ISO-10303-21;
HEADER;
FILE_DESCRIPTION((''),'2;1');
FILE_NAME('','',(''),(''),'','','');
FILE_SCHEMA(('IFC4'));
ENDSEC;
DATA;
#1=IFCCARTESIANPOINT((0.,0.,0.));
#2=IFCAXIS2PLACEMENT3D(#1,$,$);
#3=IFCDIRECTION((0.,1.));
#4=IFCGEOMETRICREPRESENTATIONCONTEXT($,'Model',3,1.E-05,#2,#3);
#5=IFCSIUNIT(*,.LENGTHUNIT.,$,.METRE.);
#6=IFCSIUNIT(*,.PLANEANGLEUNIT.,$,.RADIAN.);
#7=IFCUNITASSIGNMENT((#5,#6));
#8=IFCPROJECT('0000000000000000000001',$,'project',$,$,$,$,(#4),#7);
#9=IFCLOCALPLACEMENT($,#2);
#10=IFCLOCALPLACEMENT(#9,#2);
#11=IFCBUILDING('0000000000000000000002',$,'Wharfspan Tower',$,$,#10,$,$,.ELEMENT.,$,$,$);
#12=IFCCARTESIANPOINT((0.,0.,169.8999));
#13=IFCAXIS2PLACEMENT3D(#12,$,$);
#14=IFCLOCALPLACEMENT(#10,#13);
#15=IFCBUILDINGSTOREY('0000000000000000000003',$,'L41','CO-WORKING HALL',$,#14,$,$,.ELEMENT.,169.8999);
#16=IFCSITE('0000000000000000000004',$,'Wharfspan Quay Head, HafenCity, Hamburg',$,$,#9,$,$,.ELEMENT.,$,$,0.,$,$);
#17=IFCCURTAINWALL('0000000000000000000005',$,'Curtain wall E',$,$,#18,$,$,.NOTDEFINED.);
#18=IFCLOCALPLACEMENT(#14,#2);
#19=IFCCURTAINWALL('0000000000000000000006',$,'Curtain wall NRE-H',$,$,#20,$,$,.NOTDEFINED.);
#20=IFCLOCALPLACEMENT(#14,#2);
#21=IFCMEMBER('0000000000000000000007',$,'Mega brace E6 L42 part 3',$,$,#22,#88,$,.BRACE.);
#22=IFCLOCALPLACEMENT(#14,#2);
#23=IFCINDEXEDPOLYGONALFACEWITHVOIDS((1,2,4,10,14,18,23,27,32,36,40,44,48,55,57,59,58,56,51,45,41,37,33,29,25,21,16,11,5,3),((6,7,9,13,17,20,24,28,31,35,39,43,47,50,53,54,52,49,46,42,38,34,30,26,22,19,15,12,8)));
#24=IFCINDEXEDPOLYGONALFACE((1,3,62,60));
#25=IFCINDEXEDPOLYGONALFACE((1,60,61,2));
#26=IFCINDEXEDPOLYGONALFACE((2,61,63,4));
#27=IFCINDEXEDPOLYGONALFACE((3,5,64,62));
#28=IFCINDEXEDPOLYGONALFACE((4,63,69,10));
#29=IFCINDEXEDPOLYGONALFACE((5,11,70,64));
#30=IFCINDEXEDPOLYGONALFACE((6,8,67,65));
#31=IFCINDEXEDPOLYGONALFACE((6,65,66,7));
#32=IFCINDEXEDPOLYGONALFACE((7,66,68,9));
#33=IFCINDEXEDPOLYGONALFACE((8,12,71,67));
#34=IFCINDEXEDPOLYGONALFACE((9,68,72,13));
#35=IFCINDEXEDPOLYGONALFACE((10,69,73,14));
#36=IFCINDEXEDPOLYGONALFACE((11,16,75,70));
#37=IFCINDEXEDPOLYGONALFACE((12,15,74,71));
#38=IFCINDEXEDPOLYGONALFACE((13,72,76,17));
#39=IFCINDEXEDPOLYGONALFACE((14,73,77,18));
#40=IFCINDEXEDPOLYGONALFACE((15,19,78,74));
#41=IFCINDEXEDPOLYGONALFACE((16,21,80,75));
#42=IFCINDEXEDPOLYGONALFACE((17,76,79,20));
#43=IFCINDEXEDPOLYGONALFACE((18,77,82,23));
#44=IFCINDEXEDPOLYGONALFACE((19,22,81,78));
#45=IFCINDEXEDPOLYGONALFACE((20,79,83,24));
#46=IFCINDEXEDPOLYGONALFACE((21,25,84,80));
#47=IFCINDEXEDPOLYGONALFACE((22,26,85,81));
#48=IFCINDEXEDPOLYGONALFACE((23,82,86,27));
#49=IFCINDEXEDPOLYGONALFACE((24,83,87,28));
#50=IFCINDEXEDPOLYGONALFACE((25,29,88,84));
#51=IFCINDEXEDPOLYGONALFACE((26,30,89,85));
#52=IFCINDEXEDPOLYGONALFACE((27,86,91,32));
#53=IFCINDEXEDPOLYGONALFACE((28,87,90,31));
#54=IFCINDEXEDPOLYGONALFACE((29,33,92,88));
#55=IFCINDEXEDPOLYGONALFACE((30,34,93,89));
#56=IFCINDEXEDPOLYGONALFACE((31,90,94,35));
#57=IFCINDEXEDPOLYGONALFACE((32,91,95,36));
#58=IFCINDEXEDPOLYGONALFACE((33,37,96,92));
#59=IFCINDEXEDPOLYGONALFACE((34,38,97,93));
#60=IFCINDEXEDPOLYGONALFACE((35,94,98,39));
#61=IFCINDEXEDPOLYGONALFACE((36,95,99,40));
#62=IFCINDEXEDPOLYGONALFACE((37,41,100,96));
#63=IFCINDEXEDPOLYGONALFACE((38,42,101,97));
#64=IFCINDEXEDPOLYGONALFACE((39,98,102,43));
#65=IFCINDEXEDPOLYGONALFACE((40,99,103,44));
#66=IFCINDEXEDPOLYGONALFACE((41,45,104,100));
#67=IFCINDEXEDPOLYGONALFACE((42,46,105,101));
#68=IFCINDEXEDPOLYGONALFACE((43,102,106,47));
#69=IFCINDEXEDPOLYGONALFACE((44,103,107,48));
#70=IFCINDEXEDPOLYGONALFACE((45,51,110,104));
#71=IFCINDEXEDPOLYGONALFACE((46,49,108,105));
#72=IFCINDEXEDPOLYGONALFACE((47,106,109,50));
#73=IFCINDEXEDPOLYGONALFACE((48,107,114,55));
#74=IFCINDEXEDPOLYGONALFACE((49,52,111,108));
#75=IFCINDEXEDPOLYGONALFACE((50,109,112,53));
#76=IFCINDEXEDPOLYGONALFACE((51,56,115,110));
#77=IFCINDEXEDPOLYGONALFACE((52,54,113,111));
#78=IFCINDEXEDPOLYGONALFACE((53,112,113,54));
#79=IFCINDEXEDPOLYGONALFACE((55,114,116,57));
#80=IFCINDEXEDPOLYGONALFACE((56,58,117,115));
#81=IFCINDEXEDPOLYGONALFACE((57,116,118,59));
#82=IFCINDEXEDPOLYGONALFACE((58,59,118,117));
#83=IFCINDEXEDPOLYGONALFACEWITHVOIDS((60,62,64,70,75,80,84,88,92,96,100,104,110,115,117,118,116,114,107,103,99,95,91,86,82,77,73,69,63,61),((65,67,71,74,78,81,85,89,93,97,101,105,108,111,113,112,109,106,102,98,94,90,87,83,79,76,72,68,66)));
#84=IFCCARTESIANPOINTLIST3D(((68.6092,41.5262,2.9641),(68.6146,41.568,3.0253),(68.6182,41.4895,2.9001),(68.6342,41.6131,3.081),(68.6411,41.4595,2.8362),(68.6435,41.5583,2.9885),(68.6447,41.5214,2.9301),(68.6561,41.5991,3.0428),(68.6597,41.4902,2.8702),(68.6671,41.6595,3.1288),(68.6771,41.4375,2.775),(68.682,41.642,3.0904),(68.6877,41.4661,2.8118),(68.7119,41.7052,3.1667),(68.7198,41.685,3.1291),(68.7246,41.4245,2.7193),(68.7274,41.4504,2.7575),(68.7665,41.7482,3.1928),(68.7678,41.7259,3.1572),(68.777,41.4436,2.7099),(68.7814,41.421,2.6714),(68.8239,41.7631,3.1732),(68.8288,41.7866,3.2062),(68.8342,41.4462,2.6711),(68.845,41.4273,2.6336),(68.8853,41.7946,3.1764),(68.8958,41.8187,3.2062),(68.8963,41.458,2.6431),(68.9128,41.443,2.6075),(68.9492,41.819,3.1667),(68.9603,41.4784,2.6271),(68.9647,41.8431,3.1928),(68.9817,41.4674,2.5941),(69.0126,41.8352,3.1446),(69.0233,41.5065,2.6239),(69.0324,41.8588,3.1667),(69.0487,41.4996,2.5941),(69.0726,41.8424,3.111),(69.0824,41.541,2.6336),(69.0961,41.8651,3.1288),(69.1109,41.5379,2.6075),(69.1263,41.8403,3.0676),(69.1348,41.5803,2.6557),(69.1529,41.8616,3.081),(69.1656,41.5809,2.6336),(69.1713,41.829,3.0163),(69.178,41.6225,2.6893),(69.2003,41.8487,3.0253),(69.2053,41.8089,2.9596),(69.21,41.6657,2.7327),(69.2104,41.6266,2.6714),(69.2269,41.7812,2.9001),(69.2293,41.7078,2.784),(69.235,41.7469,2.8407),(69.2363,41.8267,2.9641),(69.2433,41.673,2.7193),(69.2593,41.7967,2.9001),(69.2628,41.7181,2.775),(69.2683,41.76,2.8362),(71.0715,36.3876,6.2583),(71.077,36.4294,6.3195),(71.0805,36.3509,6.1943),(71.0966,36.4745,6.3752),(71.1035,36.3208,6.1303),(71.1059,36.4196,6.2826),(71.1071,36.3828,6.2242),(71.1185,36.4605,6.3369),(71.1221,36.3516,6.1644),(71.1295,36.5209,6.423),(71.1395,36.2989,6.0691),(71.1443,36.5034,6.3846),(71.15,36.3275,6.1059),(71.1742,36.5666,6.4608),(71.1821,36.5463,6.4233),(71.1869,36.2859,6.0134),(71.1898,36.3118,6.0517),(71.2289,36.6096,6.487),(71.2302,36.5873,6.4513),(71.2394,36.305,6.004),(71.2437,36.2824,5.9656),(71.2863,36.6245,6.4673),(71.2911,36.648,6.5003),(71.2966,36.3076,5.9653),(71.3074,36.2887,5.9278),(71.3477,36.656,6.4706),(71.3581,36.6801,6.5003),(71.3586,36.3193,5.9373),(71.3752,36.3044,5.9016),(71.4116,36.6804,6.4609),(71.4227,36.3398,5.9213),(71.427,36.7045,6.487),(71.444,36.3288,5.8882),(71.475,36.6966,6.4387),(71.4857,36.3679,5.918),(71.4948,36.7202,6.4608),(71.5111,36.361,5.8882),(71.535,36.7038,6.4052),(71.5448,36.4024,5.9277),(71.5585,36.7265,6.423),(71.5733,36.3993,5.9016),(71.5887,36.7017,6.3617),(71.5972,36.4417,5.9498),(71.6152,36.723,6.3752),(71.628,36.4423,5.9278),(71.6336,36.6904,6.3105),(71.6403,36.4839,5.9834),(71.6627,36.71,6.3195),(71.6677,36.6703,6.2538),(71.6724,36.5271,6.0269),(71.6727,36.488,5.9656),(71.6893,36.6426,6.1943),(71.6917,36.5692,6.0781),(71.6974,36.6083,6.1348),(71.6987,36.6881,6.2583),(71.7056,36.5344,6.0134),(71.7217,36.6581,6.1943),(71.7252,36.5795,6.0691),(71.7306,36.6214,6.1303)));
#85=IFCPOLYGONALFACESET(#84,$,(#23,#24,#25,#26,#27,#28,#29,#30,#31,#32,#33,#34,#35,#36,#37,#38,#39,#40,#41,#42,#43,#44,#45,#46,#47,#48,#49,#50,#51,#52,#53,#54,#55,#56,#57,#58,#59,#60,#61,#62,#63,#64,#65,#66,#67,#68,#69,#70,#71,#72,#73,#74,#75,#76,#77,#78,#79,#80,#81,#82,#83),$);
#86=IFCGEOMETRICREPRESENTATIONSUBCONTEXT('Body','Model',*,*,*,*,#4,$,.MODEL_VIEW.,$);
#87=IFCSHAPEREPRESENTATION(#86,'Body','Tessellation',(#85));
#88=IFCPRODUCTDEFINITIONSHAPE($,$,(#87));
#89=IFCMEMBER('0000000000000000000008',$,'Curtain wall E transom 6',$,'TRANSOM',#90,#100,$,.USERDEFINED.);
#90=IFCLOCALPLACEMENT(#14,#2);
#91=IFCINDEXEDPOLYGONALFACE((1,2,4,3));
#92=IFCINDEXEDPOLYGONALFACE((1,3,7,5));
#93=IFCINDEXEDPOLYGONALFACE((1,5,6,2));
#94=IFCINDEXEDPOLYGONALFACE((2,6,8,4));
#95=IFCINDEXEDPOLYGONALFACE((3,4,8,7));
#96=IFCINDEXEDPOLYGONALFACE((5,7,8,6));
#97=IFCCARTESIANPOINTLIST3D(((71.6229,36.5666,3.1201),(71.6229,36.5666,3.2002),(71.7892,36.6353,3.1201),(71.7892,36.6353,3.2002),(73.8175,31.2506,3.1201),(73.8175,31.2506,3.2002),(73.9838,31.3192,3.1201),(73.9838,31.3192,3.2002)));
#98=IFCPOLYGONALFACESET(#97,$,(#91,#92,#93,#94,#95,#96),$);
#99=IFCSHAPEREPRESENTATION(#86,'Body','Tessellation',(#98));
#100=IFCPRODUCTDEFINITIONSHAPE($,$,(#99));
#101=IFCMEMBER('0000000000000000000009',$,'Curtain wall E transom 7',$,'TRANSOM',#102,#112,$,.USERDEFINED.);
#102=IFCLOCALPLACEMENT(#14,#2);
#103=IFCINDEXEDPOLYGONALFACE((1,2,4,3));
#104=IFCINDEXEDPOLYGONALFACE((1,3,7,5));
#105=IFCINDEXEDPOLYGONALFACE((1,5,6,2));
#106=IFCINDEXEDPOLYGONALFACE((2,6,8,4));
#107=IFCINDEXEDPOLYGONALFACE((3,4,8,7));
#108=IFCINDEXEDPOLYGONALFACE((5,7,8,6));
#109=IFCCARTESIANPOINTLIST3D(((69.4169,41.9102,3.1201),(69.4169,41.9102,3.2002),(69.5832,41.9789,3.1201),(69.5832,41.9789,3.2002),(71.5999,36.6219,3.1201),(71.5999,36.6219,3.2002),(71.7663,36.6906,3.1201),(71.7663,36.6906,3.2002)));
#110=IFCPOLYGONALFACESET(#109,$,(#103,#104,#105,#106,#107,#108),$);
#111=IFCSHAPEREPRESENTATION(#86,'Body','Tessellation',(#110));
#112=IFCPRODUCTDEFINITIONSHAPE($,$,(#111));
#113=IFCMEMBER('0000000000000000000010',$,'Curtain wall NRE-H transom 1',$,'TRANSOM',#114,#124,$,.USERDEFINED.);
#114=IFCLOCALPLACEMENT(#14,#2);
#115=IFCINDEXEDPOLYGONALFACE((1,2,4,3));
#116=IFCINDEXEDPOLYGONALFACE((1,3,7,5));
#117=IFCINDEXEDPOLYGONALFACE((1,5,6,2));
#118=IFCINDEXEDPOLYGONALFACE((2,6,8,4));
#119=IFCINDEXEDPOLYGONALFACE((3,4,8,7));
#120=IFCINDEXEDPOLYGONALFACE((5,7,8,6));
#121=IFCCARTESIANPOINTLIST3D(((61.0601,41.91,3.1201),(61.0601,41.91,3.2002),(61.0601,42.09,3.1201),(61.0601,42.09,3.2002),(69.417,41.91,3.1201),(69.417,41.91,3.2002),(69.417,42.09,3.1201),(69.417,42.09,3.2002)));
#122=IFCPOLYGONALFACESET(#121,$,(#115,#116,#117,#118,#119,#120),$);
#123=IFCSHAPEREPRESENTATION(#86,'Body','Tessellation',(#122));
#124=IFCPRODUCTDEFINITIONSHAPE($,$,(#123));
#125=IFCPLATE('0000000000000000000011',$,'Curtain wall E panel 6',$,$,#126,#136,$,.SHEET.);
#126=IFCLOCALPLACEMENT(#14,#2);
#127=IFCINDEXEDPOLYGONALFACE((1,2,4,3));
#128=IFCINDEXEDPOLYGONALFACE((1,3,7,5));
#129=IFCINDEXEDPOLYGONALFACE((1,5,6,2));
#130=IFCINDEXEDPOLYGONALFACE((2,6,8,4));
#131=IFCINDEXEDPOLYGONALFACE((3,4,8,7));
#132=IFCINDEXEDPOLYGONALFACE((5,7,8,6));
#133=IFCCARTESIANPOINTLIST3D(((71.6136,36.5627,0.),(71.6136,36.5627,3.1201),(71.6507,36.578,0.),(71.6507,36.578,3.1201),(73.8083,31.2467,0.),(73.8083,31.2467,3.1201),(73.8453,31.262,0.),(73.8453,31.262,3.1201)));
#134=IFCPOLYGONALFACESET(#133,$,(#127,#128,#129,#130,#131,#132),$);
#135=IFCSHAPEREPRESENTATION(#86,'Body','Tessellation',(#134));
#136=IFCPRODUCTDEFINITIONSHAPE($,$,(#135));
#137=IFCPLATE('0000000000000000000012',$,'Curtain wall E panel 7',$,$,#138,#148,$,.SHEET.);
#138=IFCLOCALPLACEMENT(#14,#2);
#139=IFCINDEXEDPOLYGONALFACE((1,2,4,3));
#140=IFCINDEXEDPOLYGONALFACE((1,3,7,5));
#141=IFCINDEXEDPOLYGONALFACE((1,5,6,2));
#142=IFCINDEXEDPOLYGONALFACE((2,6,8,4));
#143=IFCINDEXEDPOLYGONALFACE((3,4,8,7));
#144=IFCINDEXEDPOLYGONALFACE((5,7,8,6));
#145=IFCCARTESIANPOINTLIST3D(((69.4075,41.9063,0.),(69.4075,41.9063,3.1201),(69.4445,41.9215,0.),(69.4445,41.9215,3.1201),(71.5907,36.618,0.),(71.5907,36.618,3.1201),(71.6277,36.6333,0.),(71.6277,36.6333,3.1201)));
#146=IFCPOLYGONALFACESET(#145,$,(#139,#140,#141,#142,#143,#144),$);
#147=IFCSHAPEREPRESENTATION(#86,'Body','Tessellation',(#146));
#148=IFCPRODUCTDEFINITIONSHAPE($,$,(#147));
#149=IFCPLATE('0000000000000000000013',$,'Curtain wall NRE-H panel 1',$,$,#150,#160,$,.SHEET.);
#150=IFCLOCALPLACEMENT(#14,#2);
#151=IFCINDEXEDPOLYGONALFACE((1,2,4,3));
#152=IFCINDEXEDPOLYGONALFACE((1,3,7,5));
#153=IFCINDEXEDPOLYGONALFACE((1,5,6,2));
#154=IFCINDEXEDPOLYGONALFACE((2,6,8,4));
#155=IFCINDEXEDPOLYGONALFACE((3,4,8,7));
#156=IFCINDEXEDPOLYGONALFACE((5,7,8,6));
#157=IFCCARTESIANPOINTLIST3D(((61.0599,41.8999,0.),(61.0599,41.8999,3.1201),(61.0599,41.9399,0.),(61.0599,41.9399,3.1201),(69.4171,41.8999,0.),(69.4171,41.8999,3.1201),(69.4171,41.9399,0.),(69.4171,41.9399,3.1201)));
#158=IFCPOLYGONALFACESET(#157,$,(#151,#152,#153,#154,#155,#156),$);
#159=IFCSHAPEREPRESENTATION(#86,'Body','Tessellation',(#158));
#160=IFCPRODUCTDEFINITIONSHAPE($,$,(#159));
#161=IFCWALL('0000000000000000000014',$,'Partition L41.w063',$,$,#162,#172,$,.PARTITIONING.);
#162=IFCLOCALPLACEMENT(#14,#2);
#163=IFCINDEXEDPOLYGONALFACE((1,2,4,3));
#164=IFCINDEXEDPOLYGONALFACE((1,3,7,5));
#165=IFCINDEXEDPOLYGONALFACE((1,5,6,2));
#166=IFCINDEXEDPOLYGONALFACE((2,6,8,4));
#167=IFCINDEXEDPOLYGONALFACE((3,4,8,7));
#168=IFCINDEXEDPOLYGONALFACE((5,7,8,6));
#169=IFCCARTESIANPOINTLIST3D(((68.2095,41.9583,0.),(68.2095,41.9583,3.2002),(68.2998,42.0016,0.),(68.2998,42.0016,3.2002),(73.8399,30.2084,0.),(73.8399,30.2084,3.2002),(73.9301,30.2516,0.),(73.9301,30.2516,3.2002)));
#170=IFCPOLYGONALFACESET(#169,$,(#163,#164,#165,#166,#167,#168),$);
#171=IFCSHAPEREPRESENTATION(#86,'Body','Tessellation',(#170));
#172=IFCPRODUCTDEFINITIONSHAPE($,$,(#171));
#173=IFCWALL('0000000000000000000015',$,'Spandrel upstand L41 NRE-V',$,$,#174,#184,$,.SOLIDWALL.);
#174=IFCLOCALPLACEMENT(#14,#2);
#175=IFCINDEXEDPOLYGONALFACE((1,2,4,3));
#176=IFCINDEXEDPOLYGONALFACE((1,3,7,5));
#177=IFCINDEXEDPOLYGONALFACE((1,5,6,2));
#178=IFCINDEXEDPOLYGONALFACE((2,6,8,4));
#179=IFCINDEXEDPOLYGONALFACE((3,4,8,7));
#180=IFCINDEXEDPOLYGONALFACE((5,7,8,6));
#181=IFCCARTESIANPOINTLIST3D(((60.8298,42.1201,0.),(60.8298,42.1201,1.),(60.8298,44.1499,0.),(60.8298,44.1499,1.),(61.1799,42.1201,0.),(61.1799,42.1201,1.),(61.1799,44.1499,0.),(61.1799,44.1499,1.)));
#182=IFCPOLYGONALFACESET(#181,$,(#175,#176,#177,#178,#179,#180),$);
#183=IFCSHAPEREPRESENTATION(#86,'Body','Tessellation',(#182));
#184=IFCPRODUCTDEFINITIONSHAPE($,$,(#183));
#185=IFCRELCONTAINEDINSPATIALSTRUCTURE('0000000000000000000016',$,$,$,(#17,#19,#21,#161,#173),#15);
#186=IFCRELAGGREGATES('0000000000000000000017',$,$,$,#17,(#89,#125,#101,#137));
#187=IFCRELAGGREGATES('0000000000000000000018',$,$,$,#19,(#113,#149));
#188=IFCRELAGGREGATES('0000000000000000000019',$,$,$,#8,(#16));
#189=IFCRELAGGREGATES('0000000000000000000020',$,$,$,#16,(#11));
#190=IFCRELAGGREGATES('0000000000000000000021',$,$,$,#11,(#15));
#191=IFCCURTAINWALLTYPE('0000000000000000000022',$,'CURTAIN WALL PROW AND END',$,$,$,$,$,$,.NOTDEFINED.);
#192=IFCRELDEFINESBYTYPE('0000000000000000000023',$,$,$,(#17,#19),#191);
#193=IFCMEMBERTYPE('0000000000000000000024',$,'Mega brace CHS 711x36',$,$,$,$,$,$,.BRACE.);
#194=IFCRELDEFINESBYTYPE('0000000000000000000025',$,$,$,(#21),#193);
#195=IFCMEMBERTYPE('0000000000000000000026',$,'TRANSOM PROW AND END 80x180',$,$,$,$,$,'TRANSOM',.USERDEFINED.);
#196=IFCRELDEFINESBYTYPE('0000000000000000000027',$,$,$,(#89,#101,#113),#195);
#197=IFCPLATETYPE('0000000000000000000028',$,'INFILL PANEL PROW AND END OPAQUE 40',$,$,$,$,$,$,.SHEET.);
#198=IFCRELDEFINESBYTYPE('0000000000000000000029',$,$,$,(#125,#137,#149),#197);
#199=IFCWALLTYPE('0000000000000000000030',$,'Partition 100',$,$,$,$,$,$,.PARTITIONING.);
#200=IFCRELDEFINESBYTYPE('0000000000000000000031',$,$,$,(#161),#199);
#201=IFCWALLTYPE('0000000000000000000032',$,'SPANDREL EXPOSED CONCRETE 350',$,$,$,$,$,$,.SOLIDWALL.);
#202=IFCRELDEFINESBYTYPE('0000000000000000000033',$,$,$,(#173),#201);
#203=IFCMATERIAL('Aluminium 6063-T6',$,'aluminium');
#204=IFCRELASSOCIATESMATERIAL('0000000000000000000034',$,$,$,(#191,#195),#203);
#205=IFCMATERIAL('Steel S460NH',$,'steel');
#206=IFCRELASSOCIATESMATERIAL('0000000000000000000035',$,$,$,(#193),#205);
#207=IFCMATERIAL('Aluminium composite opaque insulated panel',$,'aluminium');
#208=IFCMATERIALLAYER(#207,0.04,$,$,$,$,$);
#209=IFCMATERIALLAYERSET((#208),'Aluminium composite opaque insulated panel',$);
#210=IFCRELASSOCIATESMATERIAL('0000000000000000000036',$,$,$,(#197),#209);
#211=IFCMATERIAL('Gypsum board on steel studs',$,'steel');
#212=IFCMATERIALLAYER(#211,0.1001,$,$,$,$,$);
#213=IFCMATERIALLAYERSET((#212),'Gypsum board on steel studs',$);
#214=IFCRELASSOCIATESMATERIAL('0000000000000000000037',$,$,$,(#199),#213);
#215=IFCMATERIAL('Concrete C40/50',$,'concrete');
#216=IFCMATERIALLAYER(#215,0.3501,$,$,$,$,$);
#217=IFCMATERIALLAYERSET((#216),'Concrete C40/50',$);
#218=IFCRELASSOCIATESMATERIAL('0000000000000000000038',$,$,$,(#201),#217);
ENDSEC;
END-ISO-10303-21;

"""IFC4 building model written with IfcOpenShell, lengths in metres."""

from ifc_helpers import new_model, si_unit, direction, frame, frame_2d, origin, origin_2d, place, context, subcontext, project, spatial, rectangle, hollow_circle, extrude, material, layer, layer_set, material_profile, profile_set, type_object, element, aggregate, save


model = new_model("IFC4")

# Units and contexts
model_context = context("Model", 3, precision=1e-05, world=origin(), true_north=direction((0.0, 1.0)))
body_context = subcontext(model_context, "Body", "Model", "MODEL_VIEW")
ifc_project = project(units=[si_unit("LENGTHUNIT", "METRE"), si_unit("PLANEANGLEUNIT", "RADIAN")], contexts=[model_context])

# Site, building, storey
site_placement = place(None, origin())
site = spatial("IfcSite", under=ifc_project, at=site_placement, Name="Wharfspan Quay Head, HafenCity, Hamburg", CompositionType="ELEMENT", RefElevation=0.0)
building_placement = place(site_placement, origin())
building = spatial("IfcBuilding", under=site, at=building_placement, Name="Wharfspan Tower", CompositionType="ELEMENT")
storey_placement = place(building_placement, frame((0.0, 0.0, 169.8999)))
storey = spatial("IfcBuildingStorey", under=building, at=storey_placement, Name="L41", Description="CO-WORKING HALL", CompositionType="ELEMENT", Elevation=169.8999)

# Curtain walls
ifc_material_1 = material(Name="Aluminium 6063-T6", Category="aluminium")
curtain_wall_type = type_object("IfcCurtainWallType", Name="CURTAIN WALL PROW AND END", PredefinedType="NOTDEFINED", material=ifc_material_1)
curtain_wall_1_placement = place(storey_placement, origin())
curtain_wall_1 = element("IfcCurtainWall", 1, at=curtain_wall_1_placement, inside=storey, type_object=curtain_wall_type, Name="Curtain wall E", PredefinedType="NOTDEFINED")
curtain_wall_2_placement = place(storey_placement, origin())
curtain_wall_2 = element("IfcCurtainWall", 2, at=curtain_wall_2_placement, inside=storey, type_object=curtain_wall_type, Name="Curtain wall NRE-H", PredefinedType="NOTDEFINED")

# Member
ifc_material_2 = material(Name="Steel S460NH", Category="steel")
ifc_material_profile_1 = material_profile(ifc_material_2, hollow_circle(Radius=0.3555, WallThickness=0.0359, at=origin_2d()))
ifc_profile_set_1 = profile_set([ifc_material_profile_1], Name="Steel S460NH")
member_type_1 = type_object("IfcMemberType", Name="Mega brace CHS 711x36", PredefinedType="BRACE", material=ifc_profile_set_1)
for number, where, z_axis, x_axis, name in (
    (3, (68.9387, 41.6431, 2.9001), (0.374119, -0.780731, 0.500494), (0.90181, 0.432137, -0.000003), "Mega brace E6 L42 part 3"),
):
    element("IfcMember", number, at=place(storey_placement, frame(where, z_axis=z_axis, x_axis=x_axis)), inside=storey, type_object=member_type_1, Name=name, PredefinedType="BRACE", context=body_context, shape_type="SweptSolid", body=[
        extrude(hollow_circle(Radius=0.3555, WallThickness=0.0359, at=origin_2d()), origin(), (0.0, 0.0, 1.0), 6.5818),
    ])

# Members
ifc_material_profile_2 = material_profile(ifc_material_1, rectangle(XDim=0.1799, YDim=0.0801, at=origin_2d()))
ifc_profile_set_2 = profile_set([ifc_material_profile_2], Name="Aluminium 6063-T6")
member_type_2 = type_object("IfcMemberType", Name="TRANSOM PROW AND END 80x180", ElementType="TRANSOM", PredefinedType="USERDEFINED", material=ifc_profile_set_2)
member_1_placement = place(storey_placement, frame((73.9006, 31.2849, 3.1602), z_axis=(-0.381593, 0.92433, 0.0), x_axis=(-0.92433, -0.381593, 0.0)))
member_1 = element("IfcMember", 4, at=member_1_placement, type_object=member_type_2, Name="Curtain wall E transom 6", ObjectType="TRANSOM", PredefinedType="USERDEFINED", context=body_context, shape_type="SweptSolid", body=[
    extrude(rectangle(XDim=0.1799, YDim=0.0801, at=origin_2d()), origin(), (0.0, 0.0, 1.0), 5.7512),
])
member_2_placement = place(storey_placement, frame((71.6831, 36.6562, 3.1602), z_axis=(-0.38158, 0.924336, 0.0), x_axis=(-0.924336, -0.38158, 0.0)))
member_2 = element("IfcMember", 5, at=member_2_placement, type_object=member_type_2, Name="Curtain wall E transom 7", ObjectType="TRANSOM", PredefinedType="USERDEFINED", context=body_context, shape_type="SweptSolid", body=[
    extrude(rectangle(XDim=0.1799, YDim=0.0801, at=origin_2d()), origin(), (0.0, 0.0, 1.0), 5.7212),
])
member_3_placement = place(storey_placement, frame((69.417, 42.0, 3.1602), z_axis=(-1.0, 0.0, 0.0), x_axis=(0.0, -1.0, 0.0)))
member_3 = element("IfcMember", 6, at=member_3_placement, type_object=member_type_2, Name="Curtain wall NRE-H transom 1", ObjectType="TRANSOM", PredefinedType="USERDEFINED", context=body_context, shape_type="SweptSolid", body=[
    extrude(rectangle(XDim=0.1799, YDim=0.0801, at=origin_2d()), origin(), (0.0, 0.0, 1.0), 8.3569),
])

# Plates
ifc_material_3 = material(Name="Aluminium composite opaque insulated panel", Category="aluminium")
ifc_layer_1 = layer(ifc_material_3, 0.04)
ifc_layer_set_1 = layer_set([ifc_layer_1], Name="Aluminium composite opaque insulated panel")
plate_type = type_object("IfcPlateType", Name="INFILL PANEL PROW AND END OPAQUE 40", PredefinedType="SHEET", material=ifc_layer_set_1)
plate_1_placement = place(storey_placement, frame((72.7295, 33.9124, 0.0), z_axis=(0.0, 0.0, 1.0), x_axis=(-0.381602, 0.924325, 0.0)))
plate_1 = element("IfcPlate", 7, at=plate_1_placement, type_object=plate_type, Name="Curtain wall E panel 6", PredefinedType="SHEET", context=body_context, shape_type="SweptSolid", body=[
    extrude(rectangle(XDim=5.7512, YDim=0.04, at=origin_2d()), origin(), (0.0, 0.0, 1.0), 3.1201),
])
plate_2_placement = place(storey_placement, frame((70.5176, 39.2698, 0.0), z_axis=(0.0, 0.0, 1.0), x_axis=(-0.381602, 0.924325, 0.0)))
plate_2 = element("IfcPlate", 8, at=plate_2_placement, type_object=plate_type, Name="Curtain wall E panel 7", PredefinedType="SHEET", context=body_context, shape_type="SweptSolid", body=[
    extrude(rectangle(XDim=5.7212, YDim=0.04, at=origin_2d()), origin(), (0.0, 0.0, 1.0), 3.1201),
])
aggregate(curtain_wall_1, [member_1, plate_1, member_2, plate_2])
plate_3_placement = place(storey_placement, frame((65.2385, 41.9199, 0.0), z_axis=(0.0, 0.0, 1.0), x_axis=(-1.0, 0.0, 0.0)))
plate_3 = element("IfcPlate", 9, at=plate_3_placement, type_object=plate_type, Name="Curtain wall NRE-H panel 1", PredefinedType="SHEET", context=body_context, shape_type="SweptSolid", body=[
    extrude(rectangle(XDim=8.3572, YDim=0.04, at=origin_2d()), origin(), (0.0, 0.0, 1.0), 3.1201),
])
aggregate(curtain_wall_2, [member_3, plate_3])

# Walls
ifc_material_4 = material(Name="Gypsum board on steel studs", Category="steel")
ifc_layer_2 = layer(ifc_material_4, 0.1001)
ifc_layer_set_2 = layer_set([ifc_layer_2], Name="Gypsum board on steel studs")
wall_type_1 = type_object("IfcWallType", Name="Partition 100", PredefinedType="PARTITIONING", material=ifc_layer_set_2)
wall_1_placement = place(storey_placement, frame((73.885, 30.23, 0.0), z_axis=(0.0, 0.0, 1.0), x_axis=(-0.432129, 0.901808, 0.0)))
element("IfcWall", 10, at=wall_1_placement, inside=storey, type_object=wall_type_1, Name="Partition L41.w063", PredefinedType="PARTITIONING", context=body_context, shape_type="SweptSolid", body=[
    extrude(rectangle(XDim=13.0293, YDim=0.1001, at=frame_2d((6.5146, 0.0))), origin(), (0.0, 0.0, 1.0), 3.2002),
])
ifc_material_5 = material(Name="Concrete C40/50", Category="concrete")
ifc_layer_3 = layer(ifc_material_5, 0.3501)
ifc_layer_set_3 = layer_set([ifc_layer_3], Name="Concrete C40/50")
wall_type_2 = type_object("IfcWallType", Name="SPANDREL EXPOSED CONCRETE 350", PredefinedType="SOLIDWALL", material=ifc_layer_set_3)
wall_2_placement = place(storey_placement, frame((61.0049, 42.1201, 0.0), z_axis=(0.0, 0.0, 1.0), x_axis=(0.0, 1.0, 0.0)))
element("IfcWall", 11, at=wall_2_placement, inside=storey, type_object=wall_type_2, Name="Spandrel upstand L41 NRE-V", PredefinedType="SOLIDWALL", context=body_context, shape_type="SweptSolid", body=[
    extrude(rectangle(XDim=2.0298, YDim=0.3501, at=frame_2d((1.0149, 0.0))), origin(), (0.0, 0.0, 1.0), 1.0),
])

save(model, "model.ifc")
